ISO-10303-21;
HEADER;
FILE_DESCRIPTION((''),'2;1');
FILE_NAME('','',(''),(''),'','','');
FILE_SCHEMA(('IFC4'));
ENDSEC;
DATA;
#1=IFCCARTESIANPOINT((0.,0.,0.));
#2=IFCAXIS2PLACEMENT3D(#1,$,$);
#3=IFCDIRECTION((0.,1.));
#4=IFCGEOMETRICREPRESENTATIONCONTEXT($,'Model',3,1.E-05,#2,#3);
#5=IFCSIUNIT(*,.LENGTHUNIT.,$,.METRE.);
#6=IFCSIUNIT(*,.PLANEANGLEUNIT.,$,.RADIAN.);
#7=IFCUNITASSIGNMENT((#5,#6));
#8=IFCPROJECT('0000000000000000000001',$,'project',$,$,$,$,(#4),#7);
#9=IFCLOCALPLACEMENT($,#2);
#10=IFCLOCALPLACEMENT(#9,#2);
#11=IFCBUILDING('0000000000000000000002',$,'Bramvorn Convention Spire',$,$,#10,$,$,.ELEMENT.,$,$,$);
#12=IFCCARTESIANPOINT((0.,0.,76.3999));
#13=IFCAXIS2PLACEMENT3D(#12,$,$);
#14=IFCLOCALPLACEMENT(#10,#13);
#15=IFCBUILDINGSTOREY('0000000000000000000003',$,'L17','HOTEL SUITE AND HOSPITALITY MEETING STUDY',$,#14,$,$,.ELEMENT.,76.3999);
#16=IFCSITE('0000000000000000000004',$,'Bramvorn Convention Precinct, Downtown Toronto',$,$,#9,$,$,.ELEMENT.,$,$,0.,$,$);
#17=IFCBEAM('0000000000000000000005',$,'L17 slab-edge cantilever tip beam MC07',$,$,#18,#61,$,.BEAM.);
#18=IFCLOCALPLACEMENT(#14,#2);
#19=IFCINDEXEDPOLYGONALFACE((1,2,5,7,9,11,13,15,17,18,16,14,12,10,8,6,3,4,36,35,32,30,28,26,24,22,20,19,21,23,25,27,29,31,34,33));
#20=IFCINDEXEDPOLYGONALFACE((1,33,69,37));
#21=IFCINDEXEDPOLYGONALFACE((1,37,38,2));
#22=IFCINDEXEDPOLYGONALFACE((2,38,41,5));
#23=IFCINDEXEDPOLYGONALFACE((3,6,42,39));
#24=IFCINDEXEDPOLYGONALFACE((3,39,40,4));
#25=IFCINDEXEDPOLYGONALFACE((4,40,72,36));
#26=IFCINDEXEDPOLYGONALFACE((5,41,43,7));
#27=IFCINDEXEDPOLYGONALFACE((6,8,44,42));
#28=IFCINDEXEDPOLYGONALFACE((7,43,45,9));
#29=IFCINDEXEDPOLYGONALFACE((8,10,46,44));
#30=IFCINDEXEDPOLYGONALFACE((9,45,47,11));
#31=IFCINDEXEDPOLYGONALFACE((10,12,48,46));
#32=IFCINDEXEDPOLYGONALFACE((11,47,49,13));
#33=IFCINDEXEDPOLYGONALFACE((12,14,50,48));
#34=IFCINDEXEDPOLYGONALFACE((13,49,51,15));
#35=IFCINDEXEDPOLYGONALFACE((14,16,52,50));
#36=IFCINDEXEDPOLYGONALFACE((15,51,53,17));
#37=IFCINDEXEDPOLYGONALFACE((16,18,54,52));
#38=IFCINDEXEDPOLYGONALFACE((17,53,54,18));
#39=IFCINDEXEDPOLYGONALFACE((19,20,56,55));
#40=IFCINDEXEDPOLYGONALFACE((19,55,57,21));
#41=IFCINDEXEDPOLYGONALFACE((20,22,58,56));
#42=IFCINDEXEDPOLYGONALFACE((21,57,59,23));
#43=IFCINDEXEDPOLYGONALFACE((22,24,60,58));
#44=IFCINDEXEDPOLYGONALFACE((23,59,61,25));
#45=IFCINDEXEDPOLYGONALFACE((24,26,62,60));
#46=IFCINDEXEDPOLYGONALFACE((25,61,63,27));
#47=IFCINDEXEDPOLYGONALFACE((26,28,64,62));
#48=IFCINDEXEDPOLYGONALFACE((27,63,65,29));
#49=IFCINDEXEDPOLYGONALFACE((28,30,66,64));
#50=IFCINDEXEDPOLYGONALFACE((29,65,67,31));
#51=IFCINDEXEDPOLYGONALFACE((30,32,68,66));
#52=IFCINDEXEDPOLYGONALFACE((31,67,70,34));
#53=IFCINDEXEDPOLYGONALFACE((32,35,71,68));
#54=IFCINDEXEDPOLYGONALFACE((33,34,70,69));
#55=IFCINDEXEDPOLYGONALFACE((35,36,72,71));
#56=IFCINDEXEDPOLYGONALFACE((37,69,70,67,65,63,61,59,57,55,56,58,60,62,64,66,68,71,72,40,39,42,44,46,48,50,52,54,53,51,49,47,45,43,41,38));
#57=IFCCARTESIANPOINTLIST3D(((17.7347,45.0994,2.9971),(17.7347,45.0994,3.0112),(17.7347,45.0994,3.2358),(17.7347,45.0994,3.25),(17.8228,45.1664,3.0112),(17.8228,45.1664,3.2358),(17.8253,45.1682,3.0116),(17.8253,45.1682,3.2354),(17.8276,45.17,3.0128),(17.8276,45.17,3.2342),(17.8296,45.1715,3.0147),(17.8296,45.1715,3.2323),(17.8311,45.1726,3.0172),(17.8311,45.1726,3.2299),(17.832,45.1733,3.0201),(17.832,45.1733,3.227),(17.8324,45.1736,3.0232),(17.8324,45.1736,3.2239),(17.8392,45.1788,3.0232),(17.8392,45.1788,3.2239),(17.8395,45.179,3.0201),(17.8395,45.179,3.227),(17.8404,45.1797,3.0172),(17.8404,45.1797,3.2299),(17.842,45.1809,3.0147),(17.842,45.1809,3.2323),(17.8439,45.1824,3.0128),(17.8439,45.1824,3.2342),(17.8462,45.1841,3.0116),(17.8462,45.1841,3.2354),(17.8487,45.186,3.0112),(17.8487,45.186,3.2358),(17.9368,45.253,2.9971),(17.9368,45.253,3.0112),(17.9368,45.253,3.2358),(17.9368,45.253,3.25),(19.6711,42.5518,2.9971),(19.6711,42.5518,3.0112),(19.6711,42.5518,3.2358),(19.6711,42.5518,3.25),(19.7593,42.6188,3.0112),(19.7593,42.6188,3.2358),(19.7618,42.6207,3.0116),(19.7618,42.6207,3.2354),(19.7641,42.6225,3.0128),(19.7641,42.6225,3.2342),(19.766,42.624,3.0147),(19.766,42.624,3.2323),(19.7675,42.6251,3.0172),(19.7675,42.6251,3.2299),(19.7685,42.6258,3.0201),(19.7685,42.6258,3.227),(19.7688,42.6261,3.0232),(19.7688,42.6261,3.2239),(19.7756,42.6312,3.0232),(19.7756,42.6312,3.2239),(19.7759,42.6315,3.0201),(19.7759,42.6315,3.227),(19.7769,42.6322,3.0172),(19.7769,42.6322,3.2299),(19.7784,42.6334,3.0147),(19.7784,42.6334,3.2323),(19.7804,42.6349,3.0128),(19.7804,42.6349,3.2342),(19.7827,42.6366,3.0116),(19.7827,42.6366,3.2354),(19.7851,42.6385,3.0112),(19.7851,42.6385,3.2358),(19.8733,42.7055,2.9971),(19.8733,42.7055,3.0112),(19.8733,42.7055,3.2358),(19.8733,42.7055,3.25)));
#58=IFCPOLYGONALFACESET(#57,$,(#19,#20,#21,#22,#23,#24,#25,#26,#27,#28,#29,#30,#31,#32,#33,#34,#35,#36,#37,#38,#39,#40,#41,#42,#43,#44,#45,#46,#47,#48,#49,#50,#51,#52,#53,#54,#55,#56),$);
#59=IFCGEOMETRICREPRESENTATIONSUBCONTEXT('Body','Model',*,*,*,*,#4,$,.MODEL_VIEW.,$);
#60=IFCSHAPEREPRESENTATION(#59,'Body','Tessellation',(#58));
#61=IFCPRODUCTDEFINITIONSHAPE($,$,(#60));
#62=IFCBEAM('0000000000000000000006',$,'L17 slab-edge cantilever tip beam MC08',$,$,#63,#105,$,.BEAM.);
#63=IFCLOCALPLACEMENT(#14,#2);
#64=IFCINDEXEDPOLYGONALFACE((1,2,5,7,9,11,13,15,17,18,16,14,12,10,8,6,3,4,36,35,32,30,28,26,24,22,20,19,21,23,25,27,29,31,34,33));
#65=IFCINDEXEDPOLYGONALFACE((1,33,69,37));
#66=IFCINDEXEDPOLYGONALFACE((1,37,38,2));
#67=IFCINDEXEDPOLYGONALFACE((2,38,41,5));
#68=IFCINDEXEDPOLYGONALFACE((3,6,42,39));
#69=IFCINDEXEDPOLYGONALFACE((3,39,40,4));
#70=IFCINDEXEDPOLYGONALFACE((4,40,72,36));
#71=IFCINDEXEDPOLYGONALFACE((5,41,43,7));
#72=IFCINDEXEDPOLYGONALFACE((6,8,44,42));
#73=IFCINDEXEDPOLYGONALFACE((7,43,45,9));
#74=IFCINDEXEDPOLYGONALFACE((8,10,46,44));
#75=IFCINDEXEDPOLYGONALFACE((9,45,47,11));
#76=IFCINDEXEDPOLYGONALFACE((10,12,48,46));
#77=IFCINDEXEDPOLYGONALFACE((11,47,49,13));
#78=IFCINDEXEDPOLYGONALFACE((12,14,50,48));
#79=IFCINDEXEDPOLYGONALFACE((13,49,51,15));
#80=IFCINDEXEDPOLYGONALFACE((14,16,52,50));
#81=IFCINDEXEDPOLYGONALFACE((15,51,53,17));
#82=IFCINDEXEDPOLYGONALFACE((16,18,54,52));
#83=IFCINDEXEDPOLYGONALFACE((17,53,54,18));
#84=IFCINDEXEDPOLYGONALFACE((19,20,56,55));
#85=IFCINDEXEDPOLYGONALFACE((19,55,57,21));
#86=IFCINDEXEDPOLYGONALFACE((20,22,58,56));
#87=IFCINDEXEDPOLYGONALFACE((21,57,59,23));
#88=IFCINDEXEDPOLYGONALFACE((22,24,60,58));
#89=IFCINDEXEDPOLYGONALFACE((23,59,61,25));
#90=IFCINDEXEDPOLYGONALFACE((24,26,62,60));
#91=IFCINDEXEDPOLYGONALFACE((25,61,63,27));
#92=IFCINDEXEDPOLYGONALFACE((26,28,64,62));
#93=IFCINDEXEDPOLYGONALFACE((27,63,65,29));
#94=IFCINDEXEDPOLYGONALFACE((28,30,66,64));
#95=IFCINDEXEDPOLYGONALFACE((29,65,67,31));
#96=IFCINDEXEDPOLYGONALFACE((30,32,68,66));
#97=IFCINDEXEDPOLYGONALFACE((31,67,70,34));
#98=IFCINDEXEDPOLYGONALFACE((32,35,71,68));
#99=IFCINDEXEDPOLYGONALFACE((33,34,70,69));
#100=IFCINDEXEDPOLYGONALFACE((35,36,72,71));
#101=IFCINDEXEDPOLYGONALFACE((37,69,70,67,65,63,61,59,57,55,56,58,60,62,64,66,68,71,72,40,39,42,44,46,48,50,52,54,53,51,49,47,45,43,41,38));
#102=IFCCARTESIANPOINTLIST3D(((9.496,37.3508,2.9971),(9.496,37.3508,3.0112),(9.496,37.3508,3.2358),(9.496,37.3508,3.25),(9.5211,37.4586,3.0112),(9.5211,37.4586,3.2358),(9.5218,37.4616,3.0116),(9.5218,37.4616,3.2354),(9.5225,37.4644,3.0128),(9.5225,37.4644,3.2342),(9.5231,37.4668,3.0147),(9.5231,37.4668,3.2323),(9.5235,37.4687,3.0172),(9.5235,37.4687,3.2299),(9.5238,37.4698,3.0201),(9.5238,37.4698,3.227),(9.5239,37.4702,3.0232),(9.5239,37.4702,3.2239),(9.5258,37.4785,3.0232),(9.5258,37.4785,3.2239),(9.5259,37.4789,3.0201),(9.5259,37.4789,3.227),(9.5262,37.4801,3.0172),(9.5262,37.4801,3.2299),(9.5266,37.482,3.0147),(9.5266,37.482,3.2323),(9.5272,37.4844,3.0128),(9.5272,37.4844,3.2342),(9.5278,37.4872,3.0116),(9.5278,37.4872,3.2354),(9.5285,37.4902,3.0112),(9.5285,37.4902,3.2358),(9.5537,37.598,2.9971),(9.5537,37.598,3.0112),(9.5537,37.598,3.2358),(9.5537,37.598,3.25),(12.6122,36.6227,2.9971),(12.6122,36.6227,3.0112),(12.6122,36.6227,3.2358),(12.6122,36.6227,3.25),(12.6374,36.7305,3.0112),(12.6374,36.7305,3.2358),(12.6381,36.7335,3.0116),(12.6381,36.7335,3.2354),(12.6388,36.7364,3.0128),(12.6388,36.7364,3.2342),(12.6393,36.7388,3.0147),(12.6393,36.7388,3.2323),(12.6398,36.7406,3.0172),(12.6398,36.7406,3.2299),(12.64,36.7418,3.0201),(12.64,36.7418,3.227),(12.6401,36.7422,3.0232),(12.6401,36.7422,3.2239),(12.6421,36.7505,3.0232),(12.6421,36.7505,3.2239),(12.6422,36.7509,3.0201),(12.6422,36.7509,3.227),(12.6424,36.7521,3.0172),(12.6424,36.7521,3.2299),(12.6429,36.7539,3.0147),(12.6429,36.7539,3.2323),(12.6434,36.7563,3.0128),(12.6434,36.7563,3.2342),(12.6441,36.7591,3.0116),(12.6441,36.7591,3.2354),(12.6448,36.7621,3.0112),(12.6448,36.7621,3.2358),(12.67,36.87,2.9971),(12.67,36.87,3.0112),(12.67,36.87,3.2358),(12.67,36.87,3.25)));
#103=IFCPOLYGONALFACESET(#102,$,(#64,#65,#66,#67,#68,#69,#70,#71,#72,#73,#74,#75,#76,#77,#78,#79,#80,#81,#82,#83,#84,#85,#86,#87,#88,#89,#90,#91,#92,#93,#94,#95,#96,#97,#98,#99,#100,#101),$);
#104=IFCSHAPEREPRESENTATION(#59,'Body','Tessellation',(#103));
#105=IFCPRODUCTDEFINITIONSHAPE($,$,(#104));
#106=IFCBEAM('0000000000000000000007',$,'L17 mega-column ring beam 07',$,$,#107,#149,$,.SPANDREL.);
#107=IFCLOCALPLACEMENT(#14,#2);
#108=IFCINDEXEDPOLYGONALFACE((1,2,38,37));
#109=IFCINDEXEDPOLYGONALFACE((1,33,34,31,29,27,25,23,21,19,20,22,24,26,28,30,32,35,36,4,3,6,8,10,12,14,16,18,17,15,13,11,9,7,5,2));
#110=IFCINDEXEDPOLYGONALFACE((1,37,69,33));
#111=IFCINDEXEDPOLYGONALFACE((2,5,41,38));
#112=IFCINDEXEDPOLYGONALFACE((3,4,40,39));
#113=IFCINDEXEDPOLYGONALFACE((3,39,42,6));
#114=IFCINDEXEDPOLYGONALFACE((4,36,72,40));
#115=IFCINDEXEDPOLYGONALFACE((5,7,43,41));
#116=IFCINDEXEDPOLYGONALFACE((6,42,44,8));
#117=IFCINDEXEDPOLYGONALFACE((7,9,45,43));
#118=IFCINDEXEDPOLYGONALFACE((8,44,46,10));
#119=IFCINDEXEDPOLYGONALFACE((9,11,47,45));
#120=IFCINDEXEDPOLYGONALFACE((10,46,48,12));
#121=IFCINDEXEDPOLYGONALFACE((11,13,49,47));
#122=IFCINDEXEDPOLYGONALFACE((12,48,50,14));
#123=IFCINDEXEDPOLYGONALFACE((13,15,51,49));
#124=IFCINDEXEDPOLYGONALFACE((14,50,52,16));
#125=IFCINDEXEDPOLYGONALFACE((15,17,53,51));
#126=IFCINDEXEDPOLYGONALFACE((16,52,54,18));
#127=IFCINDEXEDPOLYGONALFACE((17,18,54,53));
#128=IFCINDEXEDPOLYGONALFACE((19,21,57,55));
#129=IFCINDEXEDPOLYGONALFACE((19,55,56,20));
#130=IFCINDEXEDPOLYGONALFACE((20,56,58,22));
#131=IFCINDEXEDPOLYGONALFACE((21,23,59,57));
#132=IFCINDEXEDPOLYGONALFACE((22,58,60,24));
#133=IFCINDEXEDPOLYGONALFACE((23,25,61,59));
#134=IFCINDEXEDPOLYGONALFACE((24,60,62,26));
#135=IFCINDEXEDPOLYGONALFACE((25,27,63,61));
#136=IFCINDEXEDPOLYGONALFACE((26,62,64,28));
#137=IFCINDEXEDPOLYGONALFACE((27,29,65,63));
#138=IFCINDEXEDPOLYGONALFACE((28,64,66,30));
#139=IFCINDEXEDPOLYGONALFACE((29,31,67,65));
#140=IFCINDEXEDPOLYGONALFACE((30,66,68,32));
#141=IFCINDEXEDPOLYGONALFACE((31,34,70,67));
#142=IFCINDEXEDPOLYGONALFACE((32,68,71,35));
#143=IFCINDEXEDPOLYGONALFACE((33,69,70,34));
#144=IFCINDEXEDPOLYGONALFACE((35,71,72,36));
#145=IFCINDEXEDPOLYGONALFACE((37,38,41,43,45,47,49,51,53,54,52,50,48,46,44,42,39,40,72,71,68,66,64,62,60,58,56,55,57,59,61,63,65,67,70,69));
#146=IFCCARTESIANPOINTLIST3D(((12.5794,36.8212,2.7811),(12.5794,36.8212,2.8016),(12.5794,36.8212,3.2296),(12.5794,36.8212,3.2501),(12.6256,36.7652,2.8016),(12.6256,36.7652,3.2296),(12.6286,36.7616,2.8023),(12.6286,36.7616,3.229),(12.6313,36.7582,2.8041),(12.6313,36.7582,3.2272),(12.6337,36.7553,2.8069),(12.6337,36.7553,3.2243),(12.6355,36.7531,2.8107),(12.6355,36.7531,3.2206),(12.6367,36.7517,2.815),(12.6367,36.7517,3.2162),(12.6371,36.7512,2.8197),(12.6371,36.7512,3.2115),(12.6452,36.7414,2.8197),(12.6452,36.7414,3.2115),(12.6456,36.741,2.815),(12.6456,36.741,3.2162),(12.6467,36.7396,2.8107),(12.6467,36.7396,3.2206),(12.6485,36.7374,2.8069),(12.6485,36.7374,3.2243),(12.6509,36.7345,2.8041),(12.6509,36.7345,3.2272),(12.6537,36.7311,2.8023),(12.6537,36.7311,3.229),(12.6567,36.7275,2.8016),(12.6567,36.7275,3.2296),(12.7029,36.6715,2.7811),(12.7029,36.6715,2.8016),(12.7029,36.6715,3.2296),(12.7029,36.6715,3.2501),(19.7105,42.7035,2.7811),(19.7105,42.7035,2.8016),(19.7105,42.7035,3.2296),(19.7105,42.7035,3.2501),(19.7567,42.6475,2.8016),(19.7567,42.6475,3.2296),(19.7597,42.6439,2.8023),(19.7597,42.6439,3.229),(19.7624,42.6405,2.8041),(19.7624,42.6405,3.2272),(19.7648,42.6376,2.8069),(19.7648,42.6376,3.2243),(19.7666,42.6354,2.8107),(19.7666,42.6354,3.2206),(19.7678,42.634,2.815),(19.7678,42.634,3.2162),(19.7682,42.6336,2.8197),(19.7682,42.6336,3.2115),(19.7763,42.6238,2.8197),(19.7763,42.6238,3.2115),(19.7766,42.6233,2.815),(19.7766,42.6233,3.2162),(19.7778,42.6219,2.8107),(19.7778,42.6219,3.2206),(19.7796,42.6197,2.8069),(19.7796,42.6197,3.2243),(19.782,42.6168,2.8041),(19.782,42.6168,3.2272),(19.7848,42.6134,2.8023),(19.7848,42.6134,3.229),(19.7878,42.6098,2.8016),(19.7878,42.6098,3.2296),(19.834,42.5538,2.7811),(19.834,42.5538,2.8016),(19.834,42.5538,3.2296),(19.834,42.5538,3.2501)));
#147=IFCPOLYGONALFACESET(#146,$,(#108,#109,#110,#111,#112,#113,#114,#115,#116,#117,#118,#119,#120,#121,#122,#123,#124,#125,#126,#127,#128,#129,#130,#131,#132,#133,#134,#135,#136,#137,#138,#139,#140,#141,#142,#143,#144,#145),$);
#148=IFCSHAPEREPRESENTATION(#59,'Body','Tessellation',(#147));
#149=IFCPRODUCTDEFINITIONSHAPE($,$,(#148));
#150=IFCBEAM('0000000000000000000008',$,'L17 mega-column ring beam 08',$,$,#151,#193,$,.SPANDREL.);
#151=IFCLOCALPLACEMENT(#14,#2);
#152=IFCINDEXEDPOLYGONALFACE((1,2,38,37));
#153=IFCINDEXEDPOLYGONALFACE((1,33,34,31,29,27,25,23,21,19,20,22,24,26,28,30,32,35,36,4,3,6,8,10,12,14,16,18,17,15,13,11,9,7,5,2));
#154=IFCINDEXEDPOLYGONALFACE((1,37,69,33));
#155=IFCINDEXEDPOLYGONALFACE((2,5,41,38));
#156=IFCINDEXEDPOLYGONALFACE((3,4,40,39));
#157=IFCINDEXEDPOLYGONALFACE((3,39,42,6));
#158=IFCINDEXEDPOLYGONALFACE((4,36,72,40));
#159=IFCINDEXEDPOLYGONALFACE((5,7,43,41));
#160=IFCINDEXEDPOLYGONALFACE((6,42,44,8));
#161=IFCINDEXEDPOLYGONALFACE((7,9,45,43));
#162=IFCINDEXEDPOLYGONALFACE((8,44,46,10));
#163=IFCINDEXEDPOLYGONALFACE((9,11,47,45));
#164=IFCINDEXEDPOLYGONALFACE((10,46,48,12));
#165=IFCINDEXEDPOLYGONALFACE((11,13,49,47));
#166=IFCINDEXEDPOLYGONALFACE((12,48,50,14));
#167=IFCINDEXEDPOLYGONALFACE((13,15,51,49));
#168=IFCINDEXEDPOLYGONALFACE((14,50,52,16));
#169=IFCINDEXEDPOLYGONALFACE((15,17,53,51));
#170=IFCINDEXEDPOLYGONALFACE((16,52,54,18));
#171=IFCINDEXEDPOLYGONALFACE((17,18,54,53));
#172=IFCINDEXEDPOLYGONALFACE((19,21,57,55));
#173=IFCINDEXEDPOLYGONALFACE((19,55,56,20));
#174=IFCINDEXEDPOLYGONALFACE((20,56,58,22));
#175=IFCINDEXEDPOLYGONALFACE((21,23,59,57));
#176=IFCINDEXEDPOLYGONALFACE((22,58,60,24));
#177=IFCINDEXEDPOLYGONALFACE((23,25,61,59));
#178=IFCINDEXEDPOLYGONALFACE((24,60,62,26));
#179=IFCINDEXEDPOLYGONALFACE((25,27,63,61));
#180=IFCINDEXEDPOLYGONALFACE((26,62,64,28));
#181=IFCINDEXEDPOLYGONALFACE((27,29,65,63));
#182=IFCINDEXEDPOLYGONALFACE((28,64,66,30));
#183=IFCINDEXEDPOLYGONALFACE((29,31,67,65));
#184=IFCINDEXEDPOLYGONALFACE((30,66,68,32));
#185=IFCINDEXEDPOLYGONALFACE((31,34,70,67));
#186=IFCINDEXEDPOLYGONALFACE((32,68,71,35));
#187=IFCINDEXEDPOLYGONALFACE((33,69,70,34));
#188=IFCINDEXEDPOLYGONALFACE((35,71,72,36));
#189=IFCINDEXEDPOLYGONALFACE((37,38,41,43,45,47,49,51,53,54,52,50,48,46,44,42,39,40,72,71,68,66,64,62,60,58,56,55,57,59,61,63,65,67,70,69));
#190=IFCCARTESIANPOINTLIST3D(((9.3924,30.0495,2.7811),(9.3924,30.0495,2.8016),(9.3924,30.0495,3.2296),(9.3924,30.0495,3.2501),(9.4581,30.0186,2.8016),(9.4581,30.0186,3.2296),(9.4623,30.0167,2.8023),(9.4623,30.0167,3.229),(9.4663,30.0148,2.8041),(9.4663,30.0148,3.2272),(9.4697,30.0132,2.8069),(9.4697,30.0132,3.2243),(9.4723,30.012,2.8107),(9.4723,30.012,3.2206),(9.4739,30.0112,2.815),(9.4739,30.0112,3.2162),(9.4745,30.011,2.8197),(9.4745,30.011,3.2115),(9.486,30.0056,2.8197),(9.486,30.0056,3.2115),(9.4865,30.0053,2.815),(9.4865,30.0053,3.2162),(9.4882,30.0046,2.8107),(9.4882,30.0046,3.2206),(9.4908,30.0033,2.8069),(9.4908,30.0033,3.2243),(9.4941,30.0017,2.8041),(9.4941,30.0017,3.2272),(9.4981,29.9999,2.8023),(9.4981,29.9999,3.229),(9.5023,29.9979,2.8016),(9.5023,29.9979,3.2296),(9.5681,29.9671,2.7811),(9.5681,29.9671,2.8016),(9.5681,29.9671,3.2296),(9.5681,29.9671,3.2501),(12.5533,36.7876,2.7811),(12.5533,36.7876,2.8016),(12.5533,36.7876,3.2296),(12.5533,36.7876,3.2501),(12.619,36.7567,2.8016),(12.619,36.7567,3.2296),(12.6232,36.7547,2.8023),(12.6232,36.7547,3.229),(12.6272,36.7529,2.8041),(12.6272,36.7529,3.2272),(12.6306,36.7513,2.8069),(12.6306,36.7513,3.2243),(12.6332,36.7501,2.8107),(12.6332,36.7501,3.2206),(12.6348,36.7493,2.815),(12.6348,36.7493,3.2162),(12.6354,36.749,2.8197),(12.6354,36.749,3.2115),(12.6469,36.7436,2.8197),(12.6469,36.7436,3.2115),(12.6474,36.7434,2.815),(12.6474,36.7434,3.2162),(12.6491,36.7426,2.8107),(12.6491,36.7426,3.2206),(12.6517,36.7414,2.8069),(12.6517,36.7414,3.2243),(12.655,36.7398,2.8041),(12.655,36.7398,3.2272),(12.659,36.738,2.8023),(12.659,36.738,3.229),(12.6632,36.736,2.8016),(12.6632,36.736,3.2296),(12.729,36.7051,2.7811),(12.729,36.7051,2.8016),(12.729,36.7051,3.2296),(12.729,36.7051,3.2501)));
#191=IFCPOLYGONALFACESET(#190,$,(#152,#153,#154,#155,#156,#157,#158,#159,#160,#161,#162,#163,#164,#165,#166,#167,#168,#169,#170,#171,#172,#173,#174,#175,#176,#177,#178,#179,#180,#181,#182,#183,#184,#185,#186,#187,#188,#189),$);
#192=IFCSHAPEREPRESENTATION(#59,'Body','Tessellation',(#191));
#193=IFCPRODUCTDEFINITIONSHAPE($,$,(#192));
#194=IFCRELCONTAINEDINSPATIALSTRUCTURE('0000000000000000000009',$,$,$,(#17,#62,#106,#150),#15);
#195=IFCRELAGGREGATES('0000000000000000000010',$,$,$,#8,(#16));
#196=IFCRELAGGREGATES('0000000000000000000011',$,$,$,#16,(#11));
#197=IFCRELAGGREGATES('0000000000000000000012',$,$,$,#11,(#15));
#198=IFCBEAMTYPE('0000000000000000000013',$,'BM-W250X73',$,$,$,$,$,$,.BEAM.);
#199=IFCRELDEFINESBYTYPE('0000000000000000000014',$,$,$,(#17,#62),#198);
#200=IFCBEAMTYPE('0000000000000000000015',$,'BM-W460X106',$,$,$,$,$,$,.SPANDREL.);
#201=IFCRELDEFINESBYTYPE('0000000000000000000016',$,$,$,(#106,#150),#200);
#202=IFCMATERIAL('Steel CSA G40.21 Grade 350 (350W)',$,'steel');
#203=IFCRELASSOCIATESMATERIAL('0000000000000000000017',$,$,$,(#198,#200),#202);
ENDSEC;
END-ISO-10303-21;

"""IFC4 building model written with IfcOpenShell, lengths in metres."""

from ifc_helpers import new_model, si_unit, direction, frame, origin, origin_2d, place, context, subcontext, project, spatial, i_section, extrude, material, material_profile, profile_set, type_object, element, save


model = new_model("IFC4")

# Units and contexts
model_context = context("Model", 3, precision=1e-05, world=origin(), true_north=direction((0.0, 1.0)))
body_context = subcontext(model_context, "Body", "Model", "MODEL_VIEW")
ifc_project = project(units=[si_unit("LENGTHUNIT", "METRE"), si_unit("PLANEANGLEUNIT", "RADIAN")], contexts=[model_context])

# Site, building, storey
site_placement = place(None, origin())
site = spatial("IfcSite", under=ifc_project, at=site_placement, Name="Bramvorn Convention Precinct, Downtown Toronto", CompositionType="ELEMENT", RefElevation=0.0)
building_placement = place(site_placement, origin())
building = spatial("IfcBuilding", under=site, at=building_placement, Name="Bramvorn Convention Spire", CompositionType="ELEMENT")
storey_placement = place(building_placement, frame((0.0, 0.0, 76.3999)))
storey = spatial("IfcBuildingStorey", under=building, at=storey_placement, Name="L17", Description="HOTEL SUITE AND HOSPITALITY MEETING STUDY", CompositionType="ELEMENT", Elevation=76.3999)

# Shared definitions
ifc_material_1 = material(Name="Steel CSA G40.21 Grade 350 (350W)", Category="steel")

# Beams
ifc_material_profile_1 = material_profile(ifc_material_1, i_section(OverallWidth=0.2539, OverallDepth=0.2529, WebThickness=0.0085, FlangeThickness=0.0142, FilletRadius=0.012, at=origin_2d()))
ifc_profile_set_1 = profile_set([ifc_material_profile_1], Name="Steel CSA G40.21 Grade 350 (350W) - W250X73")
beam_type_1 = type_object("IfcBeamType", Name="BM-W250X73", PredefinedType="BEAM", material=ifc_profile_set_1)
beam_1_placement = place(storey_placement, frame((19.7722, 42.6287, 3.1235), z_axis=(-0.605151, 0.796111, 0.0), x_axis=(-0.796111, -0.605151, 0.0)))
element("IfcBeam", 1, at=beam_1_placement, inside=storey, type_object=beam_type_1, Name="L17 slab-edge cantilever tip beam MC07", PredefinedType="BEAM", context=body_context, shape_type="SweptSolid", body=[
    extrude(i_section(OverallWidth=0.2539, OverallDepth=0.2529, WebThickness=0.0085, FlangeThickness=0.0142, FilletRadius=0.012, at=origin_2d()), origin(), (0.0, 0.0, 1.0), 3.2),
])
beam_2_placement = place(storey_placement, frame((12.6411, 36.7463, 3.1235), z_axis=(-0.973778, 0.2275, 0.0), x_axis=(-0.2275, -0.973778, 0.0)))
element("IfcBeam", 2, at=beam_2_placement, inside=storey, type_object=beam_type_1, Name="L17 slab-edge cantilever tip beam MC08", PredefinedType="BEAM", context=body_context, shape_type="SweptSolid", body=[
    extrude(i_section(OverallWidth=0.2539, OverallDepth=0.2529, WebThickness=0.0085, FlangeThickness=0.0142, FilletRadius=0.012, at=origin_2d()), origin(), (0.0, 0.0, 1.0), 3.2002),
])
ifc_material_profile_2 = material_profile(ifc_material_1, i_section(OverallWidth=0.1941, OverallDepth=0.469, WebThickness=0.0127, FlangeThickness=0.0205, FilletRadius=0.0181, at=origin_2d()))
ifc_profile_set_2 = profile_set([ifc_material_profile_2], Name="Steel CSA G40.21 Grade 350 (350W) - W460X106")
beam_type_2 = type_object("IfcBeamType", Name="BM-W460X106", PredefinedType="SPANDREL", material=ifc_profile_set_2)
beam_3_placement = place(storey_placement, frame((19.7722, 42.6287, 3.0156), z_axis=(-0.771418, -0.636329, 0.0), x_axis=(0.636329, -0.771418, 0.0)))
element("IfcBeam", 3, at=beam_3_placement, inside=storey, type_object=beam_type_2, Name="L17 mega-column ring beam 07", PredefinedType="SPANDREL", context=body_context, shape_type="SweptSolid", body=[
    extrude(i_section(OverallWidth=0.1941, OverallDepth=0.469, WebThickness=0.0127, FlangeThickness=0.0205, FilletRadius=0.0181, at=origin_2d()), origin(), (0.0, 0.0, 1.0), 9.2441),
])
beam_4_placement = place(storey_placement, frame((12.6411, 36.7463, 3.0156), z_axis=(-0.424702, -0.905333, 0.0), x_axis=(0.905333, -0.424702, 0.0)))
element("IfcBeam", 4, at=beam_4_placement, inside=storey, type_object=beam_type_2, Name="L17 mega-column ring beam 08", PredefinedType="SPANDREL", context=body_context, shape_type="SweptSolid", body=[
    extrude(i_section(OverallWidth=0.1941, OverallDepth=0.469, WebThickness=0.0127, FlangeThickness=0.0205, FilletRadius=0.0181, at=origin_2d()), origin(), (0.0, 0.0, 1.0), 7.4426),
])

save(model, "model.ifc")
